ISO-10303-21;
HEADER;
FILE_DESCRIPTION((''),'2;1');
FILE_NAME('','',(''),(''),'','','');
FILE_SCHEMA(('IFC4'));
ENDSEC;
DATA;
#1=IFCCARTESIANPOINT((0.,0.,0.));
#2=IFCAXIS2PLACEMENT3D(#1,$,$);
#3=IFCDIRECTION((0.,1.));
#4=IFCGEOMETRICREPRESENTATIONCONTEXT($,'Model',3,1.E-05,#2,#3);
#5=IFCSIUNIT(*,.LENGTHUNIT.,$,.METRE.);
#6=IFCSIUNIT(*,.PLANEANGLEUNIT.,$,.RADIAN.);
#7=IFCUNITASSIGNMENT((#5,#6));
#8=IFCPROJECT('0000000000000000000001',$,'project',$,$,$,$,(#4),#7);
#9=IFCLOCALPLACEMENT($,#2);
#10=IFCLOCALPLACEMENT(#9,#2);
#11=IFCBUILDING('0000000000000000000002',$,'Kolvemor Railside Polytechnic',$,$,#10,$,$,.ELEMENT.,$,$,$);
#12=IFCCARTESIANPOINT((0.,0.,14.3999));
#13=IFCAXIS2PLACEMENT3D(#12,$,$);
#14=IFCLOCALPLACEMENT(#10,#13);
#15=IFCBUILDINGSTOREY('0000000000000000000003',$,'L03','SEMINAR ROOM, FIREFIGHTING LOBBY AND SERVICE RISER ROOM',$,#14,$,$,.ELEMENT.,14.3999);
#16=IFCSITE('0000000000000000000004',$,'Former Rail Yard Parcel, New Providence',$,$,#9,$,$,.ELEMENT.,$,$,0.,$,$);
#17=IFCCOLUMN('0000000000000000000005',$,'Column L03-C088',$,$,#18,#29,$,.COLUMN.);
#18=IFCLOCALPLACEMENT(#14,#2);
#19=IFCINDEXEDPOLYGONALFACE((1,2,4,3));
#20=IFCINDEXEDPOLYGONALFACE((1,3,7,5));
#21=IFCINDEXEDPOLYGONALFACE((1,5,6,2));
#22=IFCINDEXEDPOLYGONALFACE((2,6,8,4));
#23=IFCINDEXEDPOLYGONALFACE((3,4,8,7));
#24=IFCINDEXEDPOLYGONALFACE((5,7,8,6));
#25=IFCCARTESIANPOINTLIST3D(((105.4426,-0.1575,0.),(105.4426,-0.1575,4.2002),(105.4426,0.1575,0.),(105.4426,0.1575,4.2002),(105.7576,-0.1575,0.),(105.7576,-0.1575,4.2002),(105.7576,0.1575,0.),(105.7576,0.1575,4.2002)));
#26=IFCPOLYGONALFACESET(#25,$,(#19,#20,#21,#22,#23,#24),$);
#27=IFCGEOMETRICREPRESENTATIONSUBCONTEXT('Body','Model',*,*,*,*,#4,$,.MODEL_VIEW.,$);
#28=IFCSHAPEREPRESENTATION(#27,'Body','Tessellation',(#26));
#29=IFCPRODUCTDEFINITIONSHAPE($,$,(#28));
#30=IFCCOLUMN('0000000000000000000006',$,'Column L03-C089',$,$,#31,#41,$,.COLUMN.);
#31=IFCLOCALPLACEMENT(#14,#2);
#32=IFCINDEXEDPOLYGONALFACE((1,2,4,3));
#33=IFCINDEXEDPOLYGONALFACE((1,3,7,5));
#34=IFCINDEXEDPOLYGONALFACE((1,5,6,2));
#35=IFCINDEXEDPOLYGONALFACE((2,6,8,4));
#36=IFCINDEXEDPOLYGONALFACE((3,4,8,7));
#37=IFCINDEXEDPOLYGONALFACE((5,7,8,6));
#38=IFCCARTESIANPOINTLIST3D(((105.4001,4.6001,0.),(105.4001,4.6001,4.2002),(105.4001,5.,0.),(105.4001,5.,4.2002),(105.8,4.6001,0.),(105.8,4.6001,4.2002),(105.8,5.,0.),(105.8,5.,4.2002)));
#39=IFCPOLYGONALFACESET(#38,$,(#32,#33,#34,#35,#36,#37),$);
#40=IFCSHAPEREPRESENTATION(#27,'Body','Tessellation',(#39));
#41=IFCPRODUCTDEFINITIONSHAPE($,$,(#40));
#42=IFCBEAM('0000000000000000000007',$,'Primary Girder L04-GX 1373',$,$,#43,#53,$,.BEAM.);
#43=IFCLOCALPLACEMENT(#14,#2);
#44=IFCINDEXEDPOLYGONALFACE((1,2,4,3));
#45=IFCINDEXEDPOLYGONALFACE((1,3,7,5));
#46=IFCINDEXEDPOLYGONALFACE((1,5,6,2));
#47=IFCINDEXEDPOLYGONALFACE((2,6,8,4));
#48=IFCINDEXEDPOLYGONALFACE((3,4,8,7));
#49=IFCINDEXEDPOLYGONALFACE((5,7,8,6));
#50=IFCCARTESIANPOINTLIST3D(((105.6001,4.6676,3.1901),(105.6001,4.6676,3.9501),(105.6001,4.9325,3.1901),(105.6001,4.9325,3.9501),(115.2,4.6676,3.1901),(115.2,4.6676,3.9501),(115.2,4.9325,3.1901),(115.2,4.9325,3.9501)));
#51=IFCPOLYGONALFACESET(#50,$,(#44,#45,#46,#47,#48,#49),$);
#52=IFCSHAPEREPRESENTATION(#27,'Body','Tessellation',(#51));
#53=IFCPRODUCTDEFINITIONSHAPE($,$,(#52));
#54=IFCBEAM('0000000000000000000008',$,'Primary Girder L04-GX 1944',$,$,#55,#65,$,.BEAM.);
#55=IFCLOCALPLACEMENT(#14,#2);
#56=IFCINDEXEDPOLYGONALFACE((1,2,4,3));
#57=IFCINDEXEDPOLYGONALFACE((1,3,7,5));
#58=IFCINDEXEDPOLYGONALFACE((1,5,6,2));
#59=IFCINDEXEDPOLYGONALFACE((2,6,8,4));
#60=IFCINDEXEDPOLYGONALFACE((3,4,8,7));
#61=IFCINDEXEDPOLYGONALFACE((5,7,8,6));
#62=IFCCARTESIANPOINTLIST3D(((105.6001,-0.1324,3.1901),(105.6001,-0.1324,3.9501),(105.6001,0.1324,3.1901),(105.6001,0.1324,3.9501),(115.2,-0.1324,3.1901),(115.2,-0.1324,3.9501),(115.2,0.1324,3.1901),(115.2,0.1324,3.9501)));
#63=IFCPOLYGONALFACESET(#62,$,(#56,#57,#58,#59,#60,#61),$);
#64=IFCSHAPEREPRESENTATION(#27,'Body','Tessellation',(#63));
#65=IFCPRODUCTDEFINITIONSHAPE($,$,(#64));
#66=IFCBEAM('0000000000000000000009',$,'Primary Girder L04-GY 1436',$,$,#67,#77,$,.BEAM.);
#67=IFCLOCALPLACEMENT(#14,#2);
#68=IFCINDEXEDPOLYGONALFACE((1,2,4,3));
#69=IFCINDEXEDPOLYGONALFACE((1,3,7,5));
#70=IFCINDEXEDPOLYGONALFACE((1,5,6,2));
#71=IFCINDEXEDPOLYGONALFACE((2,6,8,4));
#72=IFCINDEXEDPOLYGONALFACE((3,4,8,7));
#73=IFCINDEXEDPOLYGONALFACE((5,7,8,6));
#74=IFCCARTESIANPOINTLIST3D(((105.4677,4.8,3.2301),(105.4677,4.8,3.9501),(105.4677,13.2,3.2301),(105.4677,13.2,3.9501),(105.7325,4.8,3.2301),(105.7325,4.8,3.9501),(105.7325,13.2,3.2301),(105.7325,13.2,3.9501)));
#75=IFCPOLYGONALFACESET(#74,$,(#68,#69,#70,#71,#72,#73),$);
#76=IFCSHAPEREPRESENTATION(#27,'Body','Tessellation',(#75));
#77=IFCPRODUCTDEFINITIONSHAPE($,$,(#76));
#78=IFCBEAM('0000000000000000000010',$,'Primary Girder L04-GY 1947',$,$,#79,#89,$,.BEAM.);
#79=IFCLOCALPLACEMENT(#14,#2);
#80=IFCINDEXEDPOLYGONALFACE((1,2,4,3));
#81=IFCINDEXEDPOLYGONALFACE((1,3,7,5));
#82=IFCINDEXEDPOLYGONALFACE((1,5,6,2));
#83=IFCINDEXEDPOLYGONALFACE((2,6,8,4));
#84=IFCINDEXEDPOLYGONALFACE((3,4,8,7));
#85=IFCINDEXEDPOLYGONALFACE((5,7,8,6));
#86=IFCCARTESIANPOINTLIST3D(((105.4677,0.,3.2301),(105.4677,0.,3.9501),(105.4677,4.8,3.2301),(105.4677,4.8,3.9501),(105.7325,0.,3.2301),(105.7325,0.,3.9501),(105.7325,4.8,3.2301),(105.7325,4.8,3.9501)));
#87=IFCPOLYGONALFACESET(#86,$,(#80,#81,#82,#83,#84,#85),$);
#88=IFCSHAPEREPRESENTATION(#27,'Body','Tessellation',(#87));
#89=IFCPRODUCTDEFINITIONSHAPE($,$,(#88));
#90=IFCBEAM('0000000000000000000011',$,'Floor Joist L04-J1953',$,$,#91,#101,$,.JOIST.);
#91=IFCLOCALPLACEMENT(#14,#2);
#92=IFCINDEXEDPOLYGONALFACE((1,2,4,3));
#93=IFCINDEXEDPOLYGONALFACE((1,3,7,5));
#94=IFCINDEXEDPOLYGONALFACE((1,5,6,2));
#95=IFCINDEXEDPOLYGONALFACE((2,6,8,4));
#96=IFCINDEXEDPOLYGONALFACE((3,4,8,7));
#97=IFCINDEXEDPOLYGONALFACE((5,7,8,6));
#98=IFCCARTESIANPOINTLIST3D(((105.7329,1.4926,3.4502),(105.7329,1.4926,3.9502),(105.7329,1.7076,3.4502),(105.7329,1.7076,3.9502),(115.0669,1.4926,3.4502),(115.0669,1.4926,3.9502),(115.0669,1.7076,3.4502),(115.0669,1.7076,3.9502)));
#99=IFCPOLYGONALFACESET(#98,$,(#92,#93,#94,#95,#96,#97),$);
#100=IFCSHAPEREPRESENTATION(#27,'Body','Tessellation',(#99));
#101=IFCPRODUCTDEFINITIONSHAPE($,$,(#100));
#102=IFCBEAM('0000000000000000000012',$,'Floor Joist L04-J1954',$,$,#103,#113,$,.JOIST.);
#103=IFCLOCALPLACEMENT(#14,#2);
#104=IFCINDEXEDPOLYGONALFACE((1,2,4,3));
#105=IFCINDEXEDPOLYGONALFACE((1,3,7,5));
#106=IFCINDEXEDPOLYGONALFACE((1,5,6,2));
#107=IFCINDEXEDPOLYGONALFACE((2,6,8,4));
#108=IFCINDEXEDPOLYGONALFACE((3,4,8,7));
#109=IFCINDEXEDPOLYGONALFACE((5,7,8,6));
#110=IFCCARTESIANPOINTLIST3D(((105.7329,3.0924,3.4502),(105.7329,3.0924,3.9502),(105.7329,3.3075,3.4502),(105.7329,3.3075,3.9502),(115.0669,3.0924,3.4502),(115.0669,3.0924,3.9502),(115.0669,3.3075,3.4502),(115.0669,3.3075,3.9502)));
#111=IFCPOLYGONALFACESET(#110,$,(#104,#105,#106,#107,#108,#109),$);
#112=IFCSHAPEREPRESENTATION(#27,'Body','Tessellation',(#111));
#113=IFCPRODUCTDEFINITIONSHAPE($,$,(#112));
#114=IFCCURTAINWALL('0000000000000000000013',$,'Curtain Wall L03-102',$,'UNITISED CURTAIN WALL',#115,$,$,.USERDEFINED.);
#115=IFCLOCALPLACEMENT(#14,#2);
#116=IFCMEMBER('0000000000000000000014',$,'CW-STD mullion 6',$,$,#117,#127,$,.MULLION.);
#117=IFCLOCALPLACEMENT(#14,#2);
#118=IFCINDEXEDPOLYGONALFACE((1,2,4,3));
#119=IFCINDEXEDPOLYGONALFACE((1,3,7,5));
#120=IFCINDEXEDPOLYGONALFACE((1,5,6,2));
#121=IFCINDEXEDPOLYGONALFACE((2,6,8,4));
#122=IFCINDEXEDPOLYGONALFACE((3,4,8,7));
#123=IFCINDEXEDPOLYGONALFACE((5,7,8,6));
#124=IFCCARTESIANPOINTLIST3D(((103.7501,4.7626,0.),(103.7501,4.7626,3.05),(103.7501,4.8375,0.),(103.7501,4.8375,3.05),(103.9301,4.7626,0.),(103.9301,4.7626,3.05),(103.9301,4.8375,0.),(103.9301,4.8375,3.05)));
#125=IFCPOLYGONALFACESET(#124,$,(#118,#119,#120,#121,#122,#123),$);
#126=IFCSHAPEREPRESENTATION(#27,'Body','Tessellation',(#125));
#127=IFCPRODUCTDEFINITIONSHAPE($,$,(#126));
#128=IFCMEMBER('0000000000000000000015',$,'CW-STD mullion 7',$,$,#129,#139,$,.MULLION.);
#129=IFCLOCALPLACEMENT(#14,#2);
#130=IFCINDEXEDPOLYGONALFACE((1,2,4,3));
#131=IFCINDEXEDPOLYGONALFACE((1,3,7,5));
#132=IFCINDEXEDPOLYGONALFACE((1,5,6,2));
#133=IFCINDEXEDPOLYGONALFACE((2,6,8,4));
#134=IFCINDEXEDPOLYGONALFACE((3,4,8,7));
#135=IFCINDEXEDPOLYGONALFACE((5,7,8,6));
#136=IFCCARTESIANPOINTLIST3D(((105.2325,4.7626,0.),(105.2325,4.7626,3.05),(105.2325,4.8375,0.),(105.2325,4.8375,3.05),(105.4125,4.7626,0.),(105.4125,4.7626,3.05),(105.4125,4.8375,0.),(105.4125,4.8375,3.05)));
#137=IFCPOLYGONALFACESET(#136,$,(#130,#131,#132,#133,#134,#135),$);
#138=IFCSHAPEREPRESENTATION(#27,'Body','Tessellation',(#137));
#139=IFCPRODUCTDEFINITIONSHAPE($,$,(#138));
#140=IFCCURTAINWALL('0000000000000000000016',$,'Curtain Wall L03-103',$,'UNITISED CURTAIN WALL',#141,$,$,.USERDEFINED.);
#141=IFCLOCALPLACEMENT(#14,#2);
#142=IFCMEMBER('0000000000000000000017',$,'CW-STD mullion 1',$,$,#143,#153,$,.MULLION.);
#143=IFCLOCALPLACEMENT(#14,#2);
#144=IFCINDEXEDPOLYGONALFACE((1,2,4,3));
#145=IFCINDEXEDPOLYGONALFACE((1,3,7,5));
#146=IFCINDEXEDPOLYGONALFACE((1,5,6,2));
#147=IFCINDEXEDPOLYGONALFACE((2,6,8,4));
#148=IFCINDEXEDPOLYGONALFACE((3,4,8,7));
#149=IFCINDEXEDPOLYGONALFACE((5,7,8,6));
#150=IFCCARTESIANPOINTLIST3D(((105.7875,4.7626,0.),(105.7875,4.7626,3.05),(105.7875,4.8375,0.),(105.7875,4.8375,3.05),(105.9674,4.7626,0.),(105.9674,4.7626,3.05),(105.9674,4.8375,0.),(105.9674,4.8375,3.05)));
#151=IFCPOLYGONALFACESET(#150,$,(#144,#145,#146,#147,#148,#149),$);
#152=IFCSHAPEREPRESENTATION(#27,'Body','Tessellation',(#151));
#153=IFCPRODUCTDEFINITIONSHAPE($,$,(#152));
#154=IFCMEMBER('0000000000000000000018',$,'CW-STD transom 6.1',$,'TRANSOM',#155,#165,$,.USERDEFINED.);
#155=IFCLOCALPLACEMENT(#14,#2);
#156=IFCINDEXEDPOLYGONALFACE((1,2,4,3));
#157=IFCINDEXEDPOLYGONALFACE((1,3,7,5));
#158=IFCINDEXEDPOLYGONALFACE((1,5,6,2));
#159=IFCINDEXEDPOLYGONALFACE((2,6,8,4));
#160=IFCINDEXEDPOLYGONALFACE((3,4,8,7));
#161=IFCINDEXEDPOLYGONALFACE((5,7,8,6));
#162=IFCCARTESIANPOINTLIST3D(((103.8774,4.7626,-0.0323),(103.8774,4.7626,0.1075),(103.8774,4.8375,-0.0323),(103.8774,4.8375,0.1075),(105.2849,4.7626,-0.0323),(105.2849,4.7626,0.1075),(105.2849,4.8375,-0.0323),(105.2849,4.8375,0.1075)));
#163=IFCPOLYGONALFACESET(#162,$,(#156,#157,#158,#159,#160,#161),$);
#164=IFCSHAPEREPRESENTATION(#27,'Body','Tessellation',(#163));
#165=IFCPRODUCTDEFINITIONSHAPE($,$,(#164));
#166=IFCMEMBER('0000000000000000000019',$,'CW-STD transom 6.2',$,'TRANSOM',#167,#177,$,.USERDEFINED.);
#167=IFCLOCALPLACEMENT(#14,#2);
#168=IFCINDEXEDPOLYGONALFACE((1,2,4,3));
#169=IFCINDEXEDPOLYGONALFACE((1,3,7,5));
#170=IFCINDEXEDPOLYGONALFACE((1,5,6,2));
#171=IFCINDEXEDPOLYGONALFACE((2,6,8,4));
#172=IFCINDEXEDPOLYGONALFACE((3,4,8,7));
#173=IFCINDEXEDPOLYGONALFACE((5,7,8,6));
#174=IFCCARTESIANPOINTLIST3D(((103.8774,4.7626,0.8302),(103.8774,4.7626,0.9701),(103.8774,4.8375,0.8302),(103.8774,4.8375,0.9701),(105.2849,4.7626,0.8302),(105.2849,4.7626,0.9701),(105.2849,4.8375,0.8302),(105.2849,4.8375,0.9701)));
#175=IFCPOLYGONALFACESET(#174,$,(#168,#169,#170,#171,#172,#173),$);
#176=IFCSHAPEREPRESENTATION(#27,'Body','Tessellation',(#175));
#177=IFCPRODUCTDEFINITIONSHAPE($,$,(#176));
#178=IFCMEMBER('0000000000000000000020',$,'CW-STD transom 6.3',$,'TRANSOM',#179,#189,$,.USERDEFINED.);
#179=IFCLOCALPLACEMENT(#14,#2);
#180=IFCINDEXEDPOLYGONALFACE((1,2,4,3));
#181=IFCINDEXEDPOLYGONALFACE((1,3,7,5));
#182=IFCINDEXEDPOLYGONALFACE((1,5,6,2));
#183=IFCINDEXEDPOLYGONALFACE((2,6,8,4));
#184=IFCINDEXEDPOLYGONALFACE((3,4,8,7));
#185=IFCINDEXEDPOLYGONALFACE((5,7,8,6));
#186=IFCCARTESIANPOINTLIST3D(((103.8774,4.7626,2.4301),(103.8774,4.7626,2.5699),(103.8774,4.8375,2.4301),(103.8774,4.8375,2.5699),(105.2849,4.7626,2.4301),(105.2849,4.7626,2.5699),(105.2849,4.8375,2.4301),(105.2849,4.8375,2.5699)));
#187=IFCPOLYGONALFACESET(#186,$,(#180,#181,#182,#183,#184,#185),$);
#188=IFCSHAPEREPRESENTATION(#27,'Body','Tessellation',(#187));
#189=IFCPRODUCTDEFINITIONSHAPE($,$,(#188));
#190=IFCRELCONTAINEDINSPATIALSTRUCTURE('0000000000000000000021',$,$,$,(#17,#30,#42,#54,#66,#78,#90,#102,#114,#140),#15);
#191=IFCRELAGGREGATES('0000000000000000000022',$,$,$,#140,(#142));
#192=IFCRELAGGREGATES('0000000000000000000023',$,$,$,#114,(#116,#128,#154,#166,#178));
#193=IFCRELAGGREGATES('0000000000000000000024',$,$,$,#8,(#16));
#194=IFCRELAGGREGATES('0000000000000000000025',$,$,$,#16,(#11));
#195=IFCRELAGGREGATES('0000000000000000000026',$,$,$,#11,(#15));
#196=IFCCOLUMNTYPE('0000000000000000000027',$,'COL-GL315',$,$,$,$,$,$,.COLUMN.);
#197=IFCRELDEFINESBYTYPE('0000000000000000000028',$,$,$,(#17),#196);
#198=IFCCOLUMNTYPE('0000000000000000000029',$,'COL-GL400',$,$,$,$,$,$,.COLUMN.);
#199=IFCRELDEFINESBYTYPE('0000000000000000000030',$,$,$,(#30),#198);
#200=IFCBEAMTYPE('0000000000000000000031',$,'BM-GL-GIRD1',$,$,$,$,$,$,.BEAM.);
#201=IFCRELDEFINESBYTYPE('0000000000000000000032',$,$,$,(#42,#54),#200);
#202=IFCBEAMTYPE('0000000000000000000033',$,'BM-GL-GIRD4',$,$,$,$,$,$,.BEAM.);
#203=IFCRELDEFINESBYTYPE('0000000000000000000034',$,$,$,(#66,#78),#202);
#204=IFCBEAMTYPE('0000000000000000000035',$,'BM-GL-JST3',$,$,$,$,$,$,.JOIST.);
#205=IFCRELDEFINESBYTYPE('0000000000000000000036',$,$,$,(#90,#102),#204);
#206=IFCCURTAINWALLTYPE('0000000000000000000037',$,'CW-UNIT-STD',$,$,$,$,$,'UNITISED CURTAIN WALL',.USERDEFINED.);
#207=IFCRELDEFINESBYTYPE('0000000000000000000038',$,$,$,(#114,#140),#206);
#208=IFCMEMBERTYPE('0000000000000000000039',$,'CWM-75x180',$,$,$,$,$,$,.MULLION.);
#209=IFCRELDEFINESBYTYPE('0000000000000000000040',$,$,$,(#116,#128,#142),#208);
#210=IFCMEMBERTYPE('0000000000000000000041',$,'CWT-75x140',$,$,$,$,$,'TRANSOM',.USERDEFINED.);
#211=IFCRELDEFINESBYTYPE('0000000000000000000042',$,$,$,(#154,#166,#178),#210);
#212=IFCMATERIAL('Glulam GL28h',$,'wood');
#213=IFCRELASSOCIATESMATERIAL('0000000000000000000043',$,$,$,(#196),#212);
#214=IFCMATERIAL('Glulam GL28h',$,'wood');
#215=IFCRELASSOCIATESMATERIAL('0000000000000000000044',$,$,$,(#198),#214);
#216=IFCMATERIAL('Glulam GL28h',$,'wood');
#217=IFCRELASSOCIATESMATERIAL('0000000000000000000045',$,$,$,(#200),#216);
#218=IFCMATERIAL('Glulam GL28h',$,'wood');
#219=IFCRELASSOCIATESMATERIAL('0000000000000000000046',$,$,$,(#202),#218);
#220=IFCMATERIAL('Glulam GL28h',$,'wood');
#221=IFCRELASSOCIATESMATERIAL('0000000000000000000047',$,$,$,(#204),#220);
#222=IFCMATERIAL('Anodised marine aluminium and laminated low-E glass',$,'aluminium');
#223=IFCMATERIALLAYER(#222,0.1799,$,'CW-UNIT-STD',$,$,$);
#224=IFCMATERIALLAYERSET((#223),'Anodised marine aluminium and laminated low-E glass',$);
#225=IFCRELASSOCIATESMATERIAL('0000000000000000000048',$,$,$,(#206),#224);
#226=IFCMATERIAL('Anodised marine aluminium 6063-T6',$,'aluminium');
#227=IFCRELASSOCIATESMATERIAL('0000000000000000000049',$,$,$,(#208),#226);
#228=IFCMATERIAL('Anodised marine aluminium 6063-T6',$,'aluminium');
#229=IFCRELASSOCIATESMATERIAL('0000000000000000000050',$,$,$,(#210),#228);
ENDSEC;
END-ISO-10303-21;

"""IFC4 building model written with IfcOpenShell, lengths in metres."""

from ifc_helpers import new_model, si_unit, direction, frame, origin, origin_2d, place, context, subcontext, project, spatial, rectangle, extrude, material, layer, layer_set, material_profile, profile_set, type_object, element, aggregate, save


model = new_model("IFC4")

# Units and contexts
model_context = context("Model", 3, precision=1e-05, world=origin(), true_north=direction((0.0, 1.0)))
body_context = subcontext(model_context, "Body", "Model", "MODEL_VIEW")
ifc_project = project(units=[si_unit("LENGTHUNIT", "METRE"), si_unit("PLANEANGLEUNIT", "RADIAN")], contexts=[model_context])

# Site, building, storey
site_placement = place(None, origin())
site = spatial("IfcSite", under=ifc_project, at=site_placement, Name="Former Rail Yard Parcel, New Providence", CompositionType="ELEMENT", RefElevation=0.0)
building_placement = place(site_placement, origin())
building = spatial("IfcBuilding", under=site, at=building_placement, Name="Kolvemor Railside Polytechnic", CompositionType="ELEMENT")
storey_placement = place(building_placement, frame((0.0, 0.0, 14.3999)))
storey = spatial("IfcBuildingStorey", under=building, at=storey_placement, Name="L03", Description="SEMINAR ROOM, FIREFIGHTING LOBBY AND SERVICE RISER ROOM", CompositionType="ELEMENT", Elevation=14.3999)

# Columns
ifc_material_1 = material(Name="Glulam GL28h", Category="wood")
ifc_material_profile_1 = material_profile(ifc_material_1, rectangle(XDim=0.3149, YDim=0.3149, at=origin_2d()), Name="GL315x315")
ifc_profile_set_1 = profile_set([ifc_material_profile_1], Name="Glulam GL28h")
column_type_1 = type_object("IfcColumnType", Name="COL-GL315", PredefinedType="COLUMN", material=ifc_profile_set_1)
column_1_placement = place(storey_placement, frame((105.6001, 0.0, 0.0), z_axis=(0.0, 0.0, 1.0), x_axis=(1.0, 0.0, 0.0)))
element("IfcColumn", 1, at=column_1_placement, inside=storey, type_object=column_type_1, Name="Column L03-C088", PredefinedType="COLUMN", context=body_context, shape_type="SweptSolid", body=[
    extrude(rectangle(XDim=0.3149, YDim=0.3149, at=origin_2d()), origin(), (0.0, 0.0, 1.0), 4.2002),
])
ifc_material_2 = material(Name="Glulam GL28h", Category="wood")
ifc_material_profile_2 = material_profile(ifc_material_2, rectangle(XDim=0.3999, YDim=0.3999, at=origin_2d()), Name="GL400x400")
ifc_profile_set_2 = profile_set([ifc_material_profile_2], Name="Glulam GL28h")
column_type_2 = type_object("IfcColumnType", Name="COL-GL400", PredefinedType="COLUMN", material=ifc_profile_set_2)
column_2_placement = place(storey_placement, frame((105.6001, 4.8, 0.0), z_axis=(0.0, 0.0, 1.0), x_axis=(1.0, 0.0, 0.0)))
element("IfcColumn", 2, at=column_2_placement, inside=storey, type_object=column_type_2, Name="Column L03-C089", PredefinedType="COLUMN", context=body_context, shape_type="SweptSolid", body=[
    extrude(rectangle(XDim=0.3999, YDim=0.3999, at=origin_2d()), origin(), (0.0, 0.0, 1.0), 4.2002),
])

# Beams
ifc_material_3 = material(Name="Glulam GL28h", Category="wood")
ifc_material_profile_3 = material_profile(ifc_material_3, rectangle(XDim=0.2649, YDim=0.76, at=origin_2d()), Name="GL265x760")
ifc_profile_set_3 = profile_set([ifc_material_profile_3], Name="Glulam GL28h")
beam_type_1 = type_object("IfcBeamType", Name="BM-GL-GIRD1", PredefinedType="BEAM", material=ifc_profile_set_3)
for number, where, z_axis, x_axis, name in (
    (3, (105.6001, 4.8, 3.5701), (1.0, 0.0, 0.0), (0.0, 1.0, 0.0), "Primary Girder L04-GX 1373"),
    (4, (105.6001, 0.0, 3.5701), (1.0, 0.0, 0.0), (0.0, 1.0, 0.0), "Primary Girder L04-GX 1944"),
):
    element("IfcBeam", number, at=place(storey_placement, frame(where, z_axis=z_axis, x_axis=x_axis)), inside=storey, type_object=beam_type_1, Name=name, PredefinedType="BEAM", context=body_context, shape_type="SweptSolid", body=[
        extrude(rectangle(XDim=0.2649, YDim=0.76, at=origin_2d()), origin(), (0.0, 0.0, 1.0), 9.5999),
    ])
ifc_material_4 = material(Name="Glulam GL28h", Category="wood")
ifc_material_profile_4 = material_profile(ifc_material_4, rectangle(XDim=0.2649, YDim=0.72, at=origin_2d()), Name="GL265x720")
ifc_profile_set_4 = profile_set([ifc_material_profile_4], Name="Glulam GL28h")
beam_type_2 = type_object("IfcBeamType", Name="BM-GL-GIRD4", PredefinedType="BEAM", material=ifc_profile_set_4)
beam_1_placement = place(storey_placement, frame((105.6001, 4.8, 3.5901), z_axis=(0.0, 1.0, 0.0), x_axis=(-1.0, 0.0, 0.0)))
element("IfcBeam", 5, at=beam_1_placement, inside=storey, type_object=beam_type_2, Name="Primary Girder L04-GY 1436", PredefinedType="BEAM", context=body_context, shape_type="SweptSolid", body=[
    extrude(rectangle(XDim=0.2649, YDim=0.72, at=origin_2d()), origin(), (0.0, 0.0, 1.0), 8.3999),
])
beam_2_placement = place(storey_placement, frame((105.6001, 0.0, 3.5901), z_axis=(0.0, 1.0, 0.0), x_axis=(-1.0, 0.0, 0.0)))
element("IfcBeam", 6, at=beam_2_placement, inside=storey, type_object=beam_type_2, Name="Primary Girder L04-GY 1947", PredefinedType="BEAM", context=body_context, shape_type="SweptSolid", body=[
    extrude(rectangle(XDim=0.2649, YDim=0.72, at=origin_2d()), origin(), (0.0, 0.0, 1.0), 4.8),
])
ifc_material_5 = material(Name="Glulam GL28h", Category="wood")
ifc_material_profile_5 = material_profile(ifc_material_5, rectangle(XDim=0.2151, YDim=0.5, at=origin_2d()), Name="GL215x500")
ifc_profile_set_5 = profile_set([ifc_material_profile_5], Name="Glulam GL28h")
beam_type_3 = type_object("IfcBeamType", Name="BM-GL-JST3", PredefinedType="JOIST", material=ifc_profile_set_5)
for number, where, z_axis, x_axis, name in (
    (7, (105.7329, 1.6001, 3.7002), (1.0, 0.0, 0.0), (0.0, 1.0, 0.0), "Floor Joist L04-J1953"),
    (8, (105.7329, 3.2, 3.7002), (1.0, 0.0, 0.0), (0.0, 1.0, 0.0), "Floor Joist L04-J1954"),
):
    element("IfcBeam", number, at=place(storey_placement, frame(where, z_axis=z_axis, x_axis=x_axis)), inside=storey, type_object=beam_type_3, Name=name, PredefinedType="JOIST", context=body_context, shape_type="SweptSolid", body=[
        extrude(rectangle(XDim=0.2151, YDim=0.5, at=origin_2d()), origin(), (0.0, 0.0, 1.0), 9.334),
    ])

# Curtain wall, members
ifc_material_6 = material(Name="Anodised marine aluminium and laminated low-E glass", Category="aluminium")
ifc_layer_1 = layer(ifc_material_6, 0.1799, Name="CW-UNIT-STD")
ifc_layer_set_1 = layer_set([ifc_layer_1], Name="Anodised marine aluminium and laminated low-E glass")
curtain_wall_type = type_object("IfcCurtainWallType", Name="CW-UNIT-STD", ElementType="UNITISED CURTAIN WALL", PredefinedType="USERDEFINED", material=ifc_layer_set_1)
curtain_wall_1_placement = place(storey_placement, origin())
curtain_wall_1 = element("IfcCurtainWall", 9, at=curtain_wall_1_placement, inside=storey, type_object=curtain_wall_type, Name="Curtain Wall L03-102", ObjectType="UNITISED CURTAIN WALL", PredefinedType="USERDEFINED")
ifc_material_7 = material(Name="Anodised marine aluminium 6063-T6", Category="aluminium")
ifc_material_profile_6 = material_profile(ifc_material_7, rectangle(XDim=0.075, YDim=0.1799, at=origin_2d()), Name="CW-MUL-75x180")
ifc_profile_set_6 = profile_set([ifc_material_profile_6], Name="Anodised marine aluminium 6063-T6")
member_type_1 = type_object("IfcMemberType", Name="CWM-75x180", PredefinedType="MULLION", material=ifc_profile_set_6)
member_1_placement = place(storey_placement, frame((103.8401, 4.8, 0.0), z_axis=(0.0, 0.0, 1.0), x_axis=(0.0, 1.0, 0.0)))
member_1 = element("IfcMember", 10, at=member_1_placement, type_object=member_type_1, Name="CW-STD mullion 6", PredefinedType="MULLION", context=body_context, shape_type="SweptSolid", body=[
    extrude(rectangle(XDim=0.075, YDim=0.1799, at=origin_2d()), origin(), (0.0, 0.0, 1.0), 3.05),
])
member_2_placement = place(storey_placement, frame((105.3225, 4.8, 0.0), z_axis=(0.0, 0.0, 1.0), x_axis=(0.0, 1.0, 0.0)))
member_2 = element("IfcMember", 11, at=member_2_placement, type_object=member_type_1, Name="CW-STD mullion 7", PredefinedType="MULLION", context=body_context, shape_type="SweptSolid", body=[
    extrude(rectangle(XDim=0.075, YDim=0.1799, at=origin_2d()), origin(), (0.0, 0.0, 1.0), 3.05),
])

# Curtain wall, member
curtain_wall_2_placement = place(storey_placement, origin())
curtain_wall_2 = element("IfcCurtainWall", 12, at=curtain_wall_2_placement, inside=storey, type_object=curtain_wall_type, Name="Curtain Wall L03-103", ObjectType="UNITISED CURTAIN WALL", PredefinedType="USERDEFINED")
member_3_placement = place(storey_placement, frame((105.8774, 4.8, 0.0), z_axis=(0.0, 0.0, 1.0), x_axis=(0.0, 1.0, 0.0)))
member_3 = element("IfcMember", 13, at=member_3_placement, type_object=member_type_1, Name="CW-STD mullion 1", PredefinedType="MULLION", context=body_context, shape_type="SweptSolid", body=[
    extrude(rectangle(XDim=0.075, YDim=0.1799, at=origin_2d()), origin(), (0.0, 0.0, 1.0), 3.05),
])

# Members
ifc_material_8 = material(Name="Anodised marine aluminium 6063-T6", Category="aluminium")
ifc_material_profile_7 = material_profile(ifc_material_8, rectangle(XDim=0.075, YDim=0.1399, at=origin_2d()), Name="CW-TRN-75x140")
ifc_profile_set_7 = profile_set([ifc_material_profile_7], Name="Anodised marine aluminium 6063-T6")
member_type_2 = type_object("IfcMemberType", Name="CWT-75x140", ElementType="TRANSOM", PredefinedType="USERDEFINED", material=ifc_profile_set_7)
member_4_placement = place(storey_placement, frame((103.8774, 4.8, 0.0376), z_axis=(1.0, 0.0, 0.0), x_axis=(0.0, 1.0, 0.0)))
member_4 = element("IfcMember", 14, at=member_4_placement, type_object=member_type_2, Name="CW-STD transom 6.1", ObjectType="TRANSOM", PredefinedType="USERDEFINED", context=body_context, shape_type="SweptSolid", body=[
    extrude(rectangle(XDim=0.075, YDim=0.1399, at=origin_2d()), origin(), (0.0, 0.0, 1.0), 1.4075),
])
member_5_placement = place(storey_placement, frame((103.8774, 4.8, 0.9001), z_axis=(1.0, 0.0, 0.0), x_axis=(0.0, 1.0, 0.0)))
member_5 = element("IfcMember", 15, at=member_5_placement, type_object=member_type_2, Name="CW-STD transom 6.2", ObjectType="TRANSOM", PredefinedType="USERDEFINED", context=body_context, shape_type="SweptSolid", body=[
    extrude(rectangle(XDim=0.075, YDim=0.1399, at=origin_2d()), origin(), (0.0, 0.0, 1.0), 1.4075),
])
member_6_placement = place(storey_placement, frame((103.8774, 4.8, 2.5), z_axis=(1.0, 0.0, 0.0), x_axis=(0.0, 1.0, 0.0)))
member_6 = element("IfcMember", 16, at=member_6_placement, type_object=member_type_2, Name="CW-STD transom 6.3", ObjectType="TRANSOM", PredefinedType="USERDEFINED", context=body_context, shape_type="SweptSolid", body=[
    extrude(rectangle(XDim=0.075, YDim=0.1399, at=origin_2d()), origin(), (0.0, 0.0, 1.0), 1.4075),
])
aggregate(curtain_wall_2, [member_3])

aggregate(curtain_wall_1, [member_1, member_2, member_4, member_5, member_6])

save(model, "model.ifc")
